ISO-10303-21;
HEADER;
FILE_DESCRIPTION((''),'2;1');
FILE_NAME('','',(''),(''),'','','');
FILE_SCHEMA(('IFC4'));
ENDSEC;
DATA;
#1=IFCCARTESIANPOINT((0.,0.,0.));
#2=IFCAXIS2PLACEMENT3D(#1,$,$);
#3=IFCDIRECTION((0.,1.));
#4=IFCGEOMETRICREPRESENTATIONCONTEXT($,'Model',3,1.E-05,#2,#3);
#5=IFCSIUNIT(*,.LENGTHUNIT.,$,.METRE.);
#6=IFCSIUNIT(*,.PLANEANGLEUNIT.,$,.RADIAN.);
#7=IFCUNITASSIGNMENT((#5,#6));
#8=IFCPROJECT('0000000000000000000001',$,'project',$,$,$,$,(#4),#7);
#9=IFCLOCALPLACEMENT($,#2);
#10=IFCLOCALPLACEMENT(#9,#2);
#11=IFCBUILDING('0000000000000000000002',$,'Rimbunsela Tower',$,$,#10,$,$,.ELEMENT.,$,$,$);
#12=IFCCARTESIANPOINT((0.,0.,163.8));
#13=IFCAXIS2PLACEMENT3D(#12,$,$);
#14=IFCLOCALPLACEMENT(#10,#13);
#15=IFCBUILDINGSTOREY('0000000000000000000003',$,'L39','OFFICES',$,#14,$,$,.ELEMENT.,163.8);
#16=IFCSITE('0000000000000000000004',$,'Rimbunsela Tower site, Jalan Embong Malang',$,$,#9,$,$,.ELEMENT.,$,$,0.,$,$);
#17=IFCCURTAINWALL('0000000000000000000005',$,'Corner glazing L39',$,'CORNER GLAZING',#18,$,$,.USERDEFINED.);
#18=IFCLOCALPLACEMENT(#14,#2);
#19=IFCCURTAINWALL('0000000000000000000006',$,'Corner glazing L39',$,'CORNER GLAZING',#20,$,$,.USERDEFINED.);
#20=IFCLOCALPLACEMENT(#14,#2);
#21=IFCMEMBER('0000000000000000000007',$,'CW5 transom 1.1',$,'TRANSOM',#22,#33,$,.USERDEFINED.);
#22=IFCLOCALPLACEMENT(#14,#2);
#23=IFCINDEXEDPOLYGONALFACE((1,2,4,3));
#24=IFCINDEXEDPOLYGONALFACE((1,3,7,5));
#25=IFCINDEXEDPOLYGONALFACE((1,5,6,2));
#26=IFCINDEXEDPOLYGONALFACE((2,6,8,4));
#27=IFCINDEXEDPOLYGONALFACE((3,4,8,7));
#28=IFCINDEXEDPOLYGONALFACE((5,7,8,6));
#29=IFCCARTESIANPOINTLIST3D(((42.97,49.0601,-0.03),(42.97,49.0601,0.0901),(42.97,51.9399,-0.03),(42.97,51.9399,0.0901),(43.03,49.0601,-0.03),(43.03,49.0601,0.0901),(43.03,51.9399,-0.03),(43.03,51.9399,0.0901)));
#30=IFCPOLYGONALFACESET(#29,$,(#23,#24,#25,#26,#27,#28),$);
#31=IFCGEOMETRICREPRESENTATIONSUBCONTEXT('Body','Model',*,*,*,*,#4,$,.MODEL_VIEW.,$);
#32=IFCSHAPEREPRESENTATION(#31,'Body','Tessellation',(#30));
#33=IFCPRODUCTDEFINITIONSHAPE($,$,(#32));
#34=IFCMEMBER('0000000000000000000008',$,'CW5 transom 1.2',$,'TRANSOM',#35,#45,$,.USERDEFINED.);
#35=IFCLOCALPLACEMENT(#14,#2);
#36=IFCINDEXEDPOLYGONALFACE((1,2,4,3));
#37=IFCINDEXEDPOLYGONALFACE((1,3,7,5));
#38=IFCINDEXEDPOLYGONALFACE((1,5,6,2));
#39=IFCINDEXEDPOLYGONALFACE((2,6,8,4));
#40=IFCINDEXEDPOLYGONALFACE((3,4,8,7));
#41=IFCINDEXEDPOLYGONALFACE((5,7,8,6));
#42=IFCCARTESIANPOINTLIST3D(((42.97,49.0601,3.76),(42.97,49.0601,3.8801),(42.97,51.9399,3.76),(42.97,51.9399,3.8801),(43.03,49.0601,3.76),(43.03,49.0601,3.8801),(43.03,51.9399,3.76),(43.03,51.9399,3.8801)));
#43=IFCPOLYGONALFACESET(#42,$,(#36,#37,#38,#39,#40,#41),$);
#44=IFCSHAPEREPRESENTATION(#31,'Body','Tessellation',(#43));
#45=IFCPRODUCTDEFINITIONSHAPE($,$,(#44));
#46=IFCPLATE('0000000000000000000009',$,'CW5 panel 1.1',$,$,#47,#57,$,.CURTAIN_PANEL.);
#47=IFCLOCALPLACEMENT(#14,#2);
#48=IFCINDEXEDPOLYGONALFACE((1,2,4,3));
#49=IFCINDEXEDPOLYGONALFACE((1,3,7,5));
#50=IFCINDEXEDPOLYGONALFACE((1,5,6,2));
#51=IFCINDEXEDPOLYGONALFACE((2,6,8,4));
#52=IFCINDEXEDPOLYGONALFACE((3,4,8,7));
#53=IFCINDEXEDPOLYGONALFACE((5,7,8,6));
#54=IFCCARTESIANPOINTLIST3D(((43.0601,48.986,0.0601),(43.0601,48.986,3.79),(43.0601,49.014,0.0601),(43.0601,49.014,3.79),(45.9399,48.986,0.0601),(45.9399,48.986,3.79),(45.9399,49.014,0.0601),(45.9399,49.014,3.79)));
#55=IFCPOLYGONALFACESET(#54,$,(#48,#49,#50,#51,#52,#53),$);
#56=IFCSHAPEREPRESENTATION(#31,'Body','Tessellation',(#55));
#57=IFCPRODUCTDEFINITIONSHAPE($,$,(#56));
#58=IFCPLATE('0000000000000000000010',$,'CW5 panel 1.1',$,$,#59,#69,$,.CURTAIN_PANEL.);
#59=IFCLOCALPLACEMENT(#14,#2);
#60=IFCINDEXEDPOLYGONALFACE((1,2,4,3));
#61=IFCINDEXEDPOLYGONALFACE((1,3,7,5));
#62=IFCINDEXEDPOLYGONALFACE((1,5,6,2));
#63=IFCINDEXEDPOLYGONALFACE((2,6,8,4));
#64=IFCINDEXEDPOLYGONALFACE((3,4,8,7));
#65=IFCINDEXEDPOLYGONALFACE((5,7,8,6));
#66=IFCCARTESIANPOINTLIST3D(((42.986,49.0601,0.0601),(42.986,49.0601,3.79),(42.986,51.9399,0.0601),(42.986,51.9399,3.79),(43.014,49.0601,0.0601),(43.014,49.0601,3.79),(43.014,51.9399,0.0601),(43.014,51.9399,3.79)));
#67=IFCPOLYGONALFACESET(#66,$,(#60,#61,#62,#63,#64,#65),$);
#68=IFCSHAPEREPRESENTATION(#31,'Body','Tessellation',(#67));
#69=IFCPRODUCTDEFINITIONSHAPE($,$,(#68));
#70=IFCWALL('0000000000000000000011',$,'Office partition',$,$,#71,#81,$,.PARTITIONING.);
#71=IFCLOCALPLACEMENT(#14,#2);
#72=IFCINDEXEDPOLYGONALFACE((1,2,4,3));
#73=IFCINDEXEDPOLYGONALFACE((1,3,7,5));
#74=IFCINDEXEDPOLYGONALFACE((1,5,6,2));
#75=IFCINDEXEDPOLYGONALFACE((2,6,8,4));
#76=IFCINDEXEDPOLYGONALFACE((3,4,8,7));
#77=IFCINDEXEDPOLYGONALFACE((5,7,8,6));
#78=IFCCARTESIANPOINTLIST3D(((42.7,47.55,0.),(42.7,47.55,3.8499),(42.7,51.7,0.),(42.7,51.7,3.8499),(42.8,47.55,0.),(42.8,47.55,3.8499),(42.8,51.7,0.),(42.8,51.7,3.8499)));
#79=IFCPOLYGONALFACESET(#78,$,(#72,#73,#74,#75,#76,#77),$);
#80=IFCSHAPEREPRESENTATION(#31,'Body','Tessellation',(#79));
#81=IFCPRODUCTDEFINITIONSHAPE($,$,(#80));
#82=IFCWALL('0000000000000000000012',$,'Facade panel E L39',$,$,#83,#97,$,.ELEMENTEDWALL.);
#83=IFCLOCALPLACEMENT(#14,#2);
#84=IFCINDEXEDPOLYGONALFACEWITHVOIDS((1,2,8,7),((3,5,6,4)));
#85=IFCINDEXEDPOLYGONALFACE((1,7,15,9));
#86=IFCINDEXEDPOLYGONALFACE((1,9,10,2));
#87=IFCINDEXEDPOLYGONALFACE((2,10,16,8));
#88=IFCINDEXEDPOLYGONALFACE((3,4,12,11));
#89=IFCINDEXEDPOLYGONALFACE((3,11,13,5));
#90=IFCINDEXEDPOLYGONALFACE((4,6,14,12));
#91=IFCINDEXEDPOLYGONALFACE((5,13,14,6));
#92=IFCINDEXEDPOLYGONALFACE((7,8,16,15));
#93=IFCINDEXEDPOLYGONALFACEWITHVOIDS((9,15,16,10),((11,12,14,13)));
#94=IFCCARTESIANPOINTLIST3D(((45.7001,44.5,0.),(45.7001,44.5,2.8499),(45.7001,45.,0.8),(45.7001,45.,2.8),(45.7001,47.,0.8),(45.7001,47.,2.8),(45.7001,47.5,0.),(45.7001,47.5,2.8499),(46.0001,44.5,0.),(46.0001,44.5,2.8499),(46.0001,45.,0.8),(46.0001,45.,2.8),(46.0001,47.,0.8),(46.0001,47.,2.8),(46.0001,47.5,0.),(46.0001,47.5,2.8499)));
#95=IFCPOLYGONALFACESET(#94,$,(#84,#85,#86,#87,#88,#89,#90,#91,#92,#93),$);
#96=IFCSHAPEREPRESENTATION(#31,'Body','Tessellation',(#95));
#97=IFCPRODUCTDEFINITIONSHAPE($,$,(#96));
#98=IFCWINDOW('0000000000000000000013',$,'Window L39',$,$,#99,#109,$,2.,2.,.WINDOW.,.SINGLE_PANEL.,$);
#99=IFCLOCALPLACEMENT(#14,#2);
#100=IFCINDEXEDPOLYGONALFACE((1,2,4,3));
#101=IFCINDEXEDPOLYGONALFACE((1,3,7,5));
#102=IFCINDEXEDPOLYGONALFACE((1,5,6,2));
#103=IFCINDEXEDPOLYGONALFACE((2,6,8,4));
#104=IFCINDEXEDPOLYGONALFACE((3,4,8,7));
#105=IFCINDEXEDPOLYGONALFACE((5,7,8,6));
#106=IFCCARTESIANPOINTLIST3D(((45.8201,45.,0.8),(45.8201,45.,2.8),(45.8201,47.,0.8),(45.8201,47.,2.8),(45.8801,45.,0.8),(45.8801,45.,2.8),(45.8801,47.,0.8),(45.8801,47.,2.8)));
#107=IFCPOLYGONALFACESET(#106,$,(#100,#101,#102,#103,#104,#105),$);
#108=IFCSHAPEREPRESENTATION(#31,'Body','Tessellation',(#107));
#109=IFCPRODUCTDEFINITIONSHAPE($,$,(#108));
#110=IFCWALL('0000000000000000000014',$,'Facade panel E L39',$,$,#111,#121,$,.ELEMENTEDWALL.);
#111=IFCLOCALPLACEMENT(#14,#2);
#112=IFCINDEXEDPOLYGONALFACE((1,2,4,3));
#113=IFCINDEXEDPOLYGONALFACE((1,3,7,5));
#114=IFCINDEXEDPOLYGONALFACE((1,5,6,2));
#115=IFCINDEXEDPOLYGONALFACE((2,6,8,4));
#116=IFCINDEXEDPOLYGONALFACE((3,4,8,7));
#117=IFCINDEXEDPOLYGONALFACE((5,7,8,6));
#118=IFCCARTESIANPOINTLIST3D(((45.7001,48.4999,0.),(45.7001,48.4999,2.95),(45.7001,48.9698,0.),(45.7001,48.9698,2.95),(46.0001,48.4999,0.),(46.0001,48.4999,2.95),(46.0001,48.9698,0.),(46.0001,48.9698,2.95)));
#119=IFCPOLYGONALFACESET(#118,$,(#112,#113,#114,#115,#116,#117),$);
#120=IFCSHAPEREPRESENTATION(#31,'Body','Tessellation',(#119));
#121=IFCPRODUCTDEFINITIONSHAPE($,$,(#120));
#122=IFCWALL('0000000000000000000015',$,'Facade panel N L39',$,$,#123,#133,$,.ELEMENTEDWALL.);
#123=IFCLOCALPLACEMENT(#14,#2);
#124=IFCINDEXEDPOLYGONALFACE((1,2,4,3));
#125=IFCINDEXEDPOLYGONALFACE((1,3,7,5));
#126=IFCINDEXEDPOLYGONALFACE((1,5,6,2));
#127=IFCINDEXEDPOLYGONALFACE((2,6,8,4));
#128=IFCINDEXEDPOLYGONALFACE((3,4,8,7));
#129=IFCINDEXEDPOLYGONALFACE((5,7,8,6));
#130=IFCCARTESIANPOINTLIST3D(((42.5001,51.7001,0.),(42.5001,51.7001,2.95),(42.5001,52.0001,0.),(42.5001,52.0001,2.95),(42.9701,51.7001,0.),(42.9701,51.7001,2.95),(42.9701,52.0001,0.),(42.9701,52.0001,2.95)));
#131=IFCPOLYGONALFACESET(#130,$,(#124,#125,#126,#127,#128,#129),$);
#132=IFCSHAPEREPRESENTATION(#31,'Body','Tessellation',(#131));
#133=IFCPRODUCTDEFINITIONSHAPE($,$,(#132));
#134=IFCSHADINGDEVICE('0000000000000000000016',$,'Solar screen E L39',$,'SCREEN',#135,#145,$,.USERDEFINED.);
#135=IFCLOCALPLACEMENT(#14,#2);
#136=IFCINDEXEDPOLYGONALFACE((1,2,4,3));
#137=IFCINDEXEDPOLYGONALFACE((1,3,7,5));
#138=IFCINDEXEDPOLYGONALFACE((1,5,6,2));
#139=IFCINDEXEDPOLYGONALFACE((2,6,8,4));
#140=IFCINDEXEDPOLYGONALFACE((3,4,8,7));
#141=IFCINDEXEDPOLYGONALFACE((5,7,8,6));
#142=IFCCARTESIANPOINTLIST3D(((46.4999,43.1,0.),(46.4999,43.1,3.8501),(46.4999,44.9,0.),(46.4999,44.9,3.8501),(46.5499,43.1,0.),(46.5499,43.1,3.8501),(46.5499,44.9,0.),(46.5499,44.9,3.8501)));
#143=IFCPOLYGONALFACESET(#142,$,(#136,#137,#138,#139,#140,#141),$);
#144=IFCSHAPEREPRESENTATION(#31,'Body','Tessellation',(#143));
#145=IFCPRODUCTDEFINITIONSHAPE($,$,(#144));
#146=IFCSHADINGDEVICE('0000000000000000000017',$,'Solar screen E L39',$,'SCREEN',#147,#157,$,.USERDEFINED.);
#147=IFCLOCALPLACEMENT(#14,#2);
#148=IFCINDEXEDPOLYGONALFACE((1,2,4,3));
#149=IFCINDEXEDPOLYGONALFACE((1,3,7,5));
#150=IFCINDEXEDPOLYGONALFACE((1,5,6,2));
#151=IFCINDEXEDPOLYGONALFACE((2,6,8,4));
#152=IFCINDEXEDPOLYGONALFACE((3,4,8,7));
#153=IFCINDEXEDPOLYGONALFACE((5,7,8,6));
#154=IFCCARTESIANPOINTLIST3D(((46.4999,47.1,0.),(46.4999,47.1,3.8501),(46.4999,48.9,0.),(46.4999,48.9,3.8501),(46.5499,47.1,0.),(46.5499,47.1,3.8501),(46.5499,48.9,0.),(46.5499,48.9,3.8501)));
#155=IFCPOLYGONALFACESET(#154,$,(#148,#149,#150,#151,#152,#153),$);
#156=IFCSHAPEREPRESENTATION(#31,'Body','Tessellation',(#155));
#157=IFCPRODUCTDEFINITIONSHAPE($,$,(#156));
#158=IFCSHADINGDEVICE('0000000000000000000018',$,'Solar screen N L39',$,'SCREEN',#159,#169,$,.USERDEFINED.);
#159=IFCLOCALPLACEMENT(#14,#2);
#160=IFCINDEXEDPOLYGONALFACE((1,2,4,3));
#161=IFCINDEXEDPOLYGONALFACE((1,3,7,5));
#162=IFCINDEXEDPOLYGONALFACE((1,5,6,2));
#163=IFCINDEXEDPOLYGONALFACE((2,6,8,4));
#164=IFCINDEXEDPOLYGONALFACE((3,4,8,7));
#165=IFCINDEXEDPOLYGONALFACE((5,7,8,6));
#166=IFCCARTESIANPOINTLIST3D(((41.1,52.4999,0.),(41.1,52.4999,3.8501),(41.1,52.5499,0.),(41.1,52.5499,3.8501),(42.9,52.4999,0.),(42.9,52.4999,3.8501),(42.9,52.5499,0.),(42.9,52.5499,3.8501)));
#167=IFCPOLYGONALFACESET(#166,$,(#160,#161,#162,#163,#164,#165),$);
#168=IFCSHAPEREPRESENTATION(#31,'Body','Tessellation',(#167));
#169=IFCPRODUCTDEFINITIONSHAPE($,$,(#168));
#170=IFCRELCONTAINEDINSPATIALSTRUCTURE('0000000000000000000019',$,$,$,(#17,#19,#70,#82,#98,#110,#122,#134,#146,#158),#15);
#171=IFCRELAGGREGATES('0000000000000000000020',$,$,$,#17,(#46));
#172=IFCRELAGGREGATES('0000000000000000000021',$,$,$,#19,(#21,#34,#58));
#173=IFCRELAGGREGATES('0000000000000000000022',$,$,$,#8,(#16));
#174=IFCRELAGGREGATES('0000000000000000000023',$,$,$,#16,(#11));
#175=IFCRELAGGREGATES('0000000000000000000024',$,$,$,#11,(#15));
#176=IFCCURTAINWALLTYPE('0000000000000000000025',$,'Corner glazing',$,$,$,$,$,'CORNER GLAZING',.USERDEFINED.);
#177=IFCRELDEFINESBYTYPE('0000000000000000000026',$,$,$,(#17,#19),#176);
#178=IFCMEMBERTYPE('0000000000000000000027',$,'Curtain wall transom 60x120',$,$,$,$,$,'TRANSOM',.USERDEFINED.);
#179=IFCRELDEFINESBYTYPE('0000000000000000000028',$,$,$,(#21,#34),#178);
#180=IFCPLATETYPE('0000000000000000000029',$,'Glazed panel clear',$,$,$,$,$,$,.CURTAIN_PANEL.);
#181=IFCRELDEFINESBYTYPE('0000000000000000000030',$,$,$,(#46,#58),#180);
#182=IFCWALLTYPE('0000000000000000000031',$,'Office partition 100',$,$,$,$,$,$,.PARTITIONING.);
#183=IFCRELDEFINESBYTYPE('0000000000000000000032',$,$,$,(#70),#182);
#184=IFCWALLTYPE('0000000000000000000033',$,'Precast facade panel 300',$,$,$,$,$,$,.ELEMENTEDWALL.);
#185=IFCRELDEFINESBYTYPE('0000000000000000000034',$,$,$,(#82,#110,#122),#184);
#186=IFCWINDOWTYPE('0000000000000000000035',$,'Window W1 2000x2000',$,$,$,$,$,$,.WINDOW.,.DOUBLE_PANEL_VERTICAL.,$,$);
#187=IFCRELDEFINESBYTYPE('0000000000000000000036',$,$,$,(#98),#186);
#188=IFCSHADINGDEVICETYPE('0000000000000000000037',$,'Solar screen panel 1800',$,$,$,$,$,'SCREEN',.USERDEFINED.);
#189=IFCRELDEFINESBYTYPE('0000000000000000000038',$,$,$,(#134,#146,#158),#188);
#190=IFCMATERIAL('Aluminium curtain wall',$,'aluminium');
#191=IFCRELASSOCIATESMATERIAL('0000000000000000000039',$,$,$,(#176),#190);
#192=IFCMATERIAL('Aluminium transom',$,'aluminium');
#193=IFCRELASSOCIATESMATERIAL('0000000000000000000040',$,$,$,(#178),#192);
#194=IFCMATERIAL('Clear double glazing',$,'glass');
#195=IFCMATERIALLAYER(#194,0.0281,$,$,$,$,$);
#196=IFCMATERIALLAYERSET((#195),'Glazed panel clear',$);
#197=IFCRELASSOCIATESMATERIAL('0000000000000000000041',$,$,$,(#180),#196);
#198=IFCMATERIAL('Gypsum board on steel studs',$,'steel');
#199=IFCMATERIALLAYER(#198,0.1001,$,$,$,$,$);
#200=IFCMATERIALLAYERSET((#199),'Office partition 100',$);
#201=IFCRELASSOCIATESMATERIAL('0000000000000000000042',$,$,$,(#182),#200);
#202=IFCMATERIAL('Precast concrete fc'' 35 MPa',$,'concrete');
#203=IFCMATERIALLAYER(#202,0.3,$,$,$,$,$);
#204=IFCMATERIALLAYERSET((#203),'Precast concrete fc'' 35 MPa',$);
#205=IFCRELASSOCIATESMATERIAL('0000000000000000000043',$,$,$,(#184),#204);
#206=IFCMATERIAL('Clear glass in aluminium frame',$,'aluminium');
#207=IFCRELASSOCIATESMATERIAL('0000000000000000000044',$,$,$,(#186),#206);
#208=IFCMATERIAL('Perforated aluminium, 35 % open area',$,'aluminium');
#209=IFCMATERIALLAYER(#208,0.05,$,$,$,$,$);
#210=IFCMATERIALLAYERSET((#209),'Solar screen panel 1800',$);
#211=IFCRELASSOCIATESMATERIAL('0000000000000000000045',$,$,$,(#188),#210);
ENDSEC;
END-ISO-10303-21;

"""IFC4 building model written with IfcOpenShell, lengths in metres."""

from ifc_helpers import new_model, si_unit, direction, frame, frame_2d, origin, origin_2d, place, context, subcontext, project, spatial, rectangle, extrude, material, layer, layer_set, material_profile, profile_set, type_object, element, fill, aggregate, save


model = new_model("IFC4")

# Units and contexts
model_context = context("Model", 3, precision=1e-05, world=origin(), true_north=direction((0.0, 1.0)))
body_context = subcontext(model_context, "Body", "Model", "MODEL_VIEW")
ifc_project = project(units=[si_unit("LENGTHUNIT", "METRE"), si_unit("PLANEANGLEUNIT", "RADIAN")], contexts=[model_context])

# Site, building, storey
site_placement = place(None, origin())
site = spatial("IfcSite", under=ifc_project, at=site_placement, Name="Rimbunsela Tower site, Jalan Embong Malang", CompositionType="ELEMENT", RefElevation=0.0)
building_placement = place(site_placement, origin())
building = spatial("IfcBuilding", under=site, at=building_placement, Name="Rimbunsela Tower", CompositionType="ELEMENT")
storey_placement = place(building_placement, frame((0.0, 0.0, 163.8)))
storey = spatial("IfcBuildingStorey", under=building, at=storey_placement, Name="L39", Description="OFFICES", CompositionType="ELEMENT", Elevation=163.8)

# Curtain walls
ifc_material_1 = material(Name="Aluminium curtain wall", Category="aluminium")
curtain_wall_type = type_object("IfcCurtainWallType", Name="Corner glazing", ElementType="CORNER GLAZING", PredefinedType="USERDEFINED", material=ifc_material_1)
curtain_wall_1_placement = place(storey_placement, origin())
curtain_wall_1 = element("IfcCurtainWall", 1, at=curtain_wall_1_placement, inside=storey, type_object=curtain_wall_type, Name="Corner glazing L39", ObjectType="CORNER GLAZING", PredefinedType="USERDEFINED")
curtain_wall_2_placement = place(storey_placement, origin())
curtain_wall_2 = element("IfcCurtainWall", 2, at=curtain_wall_2_placement, inside=storey, type_object=curtain_wall_type, Name="Corner glazing L39", ObjectType="CORNER GLAZING", PredefinedType="USERDEFINED")

# Members
ifc_material_2 = material(Name="Aluminium transom", Category="aluminium")
ifc_material_profile_1 = material_profile(ifc_material_2, rectangle(XDim=0.0601, YDim=0.1201, at=origin_2d()), Name="Transom 60x120")
ifc_profile_set_1 = profile_set([ifc_material_profile_1], Name="Aluminium transom")
member_type_1 = type_object("IfcMemberType", Name="Curtain wall transom 60x120", ElementType="TRANSOM", PredefinedType="USERDEFINED", material=ifc_profile_set_1)
member_1_placement = place(storey_placement, frame((43.0, 49.0601, 0.03), z_axis=(0.0, 1.0, 0.0), x_axis=(-1.0, 0.0, 0.0)))
member_1 = element("IfcMember", 3, at=member_1_placement, type_object=member_type_1, Name="CW5 transom 1.1", ObjectType="TRANSOM", PredefinedType="USERDEFINED", context=body_context, shape_type="SweptSolid", body=[
    extrude(rectangle(XDim=0.0601, YDim=0.1201, at=origin_2d()), origin(), (0.0, 0.0, 1.0), 2.8799),
])
member_2_placement = place(storey_placement, frame((43.0, 49.0601, 3.8201), z_axis=(0.0, 1.0, 0.0), x_axis=(-1.0, 0.0, 0.0)))
member_2 = element("IfcMember", 4, at=member_2_placement, type_object=member_type_1, Name="CW5 transom 1.2", ObjectType="TRANSOM", PredefinedType="USERDEFINED", context=body_context, shape_type="SweptSolid", body=[
    extrude(rectangle(XDim=0.0601, YDim=0.1201, at=origin_2d()), origin(), (0.0, 0.0, 1.0), 2.8799),
])

# Plates
ifc_material_3 = material(Name="Clear double glazing", Category="glass")
ifc_layer_1 = layer(ifc_material_3, 0.0281)
ifc_layer_set_1 = layer_set([ifc_layer_1], Name="Glazed panel clear")
plate_type = type_object("IfcPlateType", Name="Glazed panel clear", PredefinedType="CURTAIN_PANEL", material=ifc_layer_set_1)
plate_1_placement = place(storey_placement, frame((44.5, 49.0, 0.0601), z_axis=(0.0, 0.0, 1.0), x_axis=(-1.0, 0.0, 0.0)))
plate_1 = element("IfcPlate", 5, at=plate_1_placement, type_object=plate_type, Name="CW5 panel 1.1", PredefinedType="CURTAIN_PANEL", context=body_context, shape_type="SweptSolid", body=[
    extrude(rectangle(XDim=2.8799, YDim=0.0281, at=origin_2d()), origin(), (0.0, 0.0, 1.0), 3.73),
])
aggregate(curtain_wall_1, [plate_1])
plate_2_placement = place(storey_placement, frame((43.0, 50.5, 0.0601), z_axis=(0.0, 0.0, 1.0), x_axis=(0.0, 1.0, 0.0)))
plate_2 = element("IfcPlate", 6, at=plate_2_placement, type_object=plate_type, Name="CW5 panel 1.1", PredefinedType="CURTAIN_PANEL", context=body_context, shape_type="SweptSolid", body=[
    extrude(rectangle(XDim=2.8799, YDim=0.0281, at=origin_2d()), origin(), (0.0, 0.0, 1.0), 3.73),
])
aggregate(curtain_wall_2, [member_1, member_2, plate_2])

# Wall
ifc_material_4 = material(Name="Gypsum board on steel studs", Category="steel")
ifc_layer_2 = layer(ifc_material_4, 0.1001)
ifc_layer_set_2 = layer_set([ifc_layer_2], Name="Office partition 100")
wall_type_1 = type_object("IfcWallType", Name="Office partition 100", PredefinedType="PARTITIONING", material=ifc_layer_set_2)
wall_1_placement = place(storey_placement, frame((42.75, 47.55, 0.0), z_axis=(0.0, 0.0, 1.0), x_axis=(0.0, 1.0, 0.0)))
element("IfcWall", 7, at=wall_1_placement, inside=storey, type_object=wall_type_1, Name="Office partition", PredefinedType="PARTITIONING", context=body_context, shape_type="SweptSolid", body=[
    extrude(rectangle(XDim=4.1499, YDim=0.1001, at=frame_2d((2.075, 0.0))), origin(), (0.0, 0.0, 1.0), 3.8499),
])

# Wall, opening, window
ifc_material_5 = material(Name="Precast concrete fc' 35 MPa", Category="concrete")
ifc_layer_3 = layer(ifc_material_5, 0.3)
ifc_layer_set_3 = layer_set([ifc_layer_3], Name="Precast concrete fc' 35 MPa")
wall_type_2 = type_object("IfcWallType", Name="Precast facade panel 300", PredefinedType="ELEMENTEDWALL", material=ifc_layer_set_3)
wall_2_placement = place(storey_placement, frame((45.8501, 44.5, 0.0), z_axis=(0.0, 0.0, 1.0), x_axis=(0.0, 1.0, 0.0)))
wall_2 = element("IfcWall", 8, at=wall_2_placement, inside=storey, type_object=wall_type_2, Name="Facade panel E L39", PredefinedType="ELEMENTEDWALL", context=body_context, shape_type="SweptSolid", body=[
    extrude(rectangle(XDim=3.0, YDim=0.3, at=frame_2d((1.5, 0.0))), origin(), (0.0, 0.0, 1.0), 2.8499),
])
opening_placement = place(wall_2_placement, frame((0.5, 0.0, 0.8)))
opening = element("IfcOpeningElement", 9, at=opening_placement, cuts=wall_2, PredefinedType="OPENING", context=body_context, shape_type="SweptSolid", body=[
    extrude(rectangle(XDim=2.0, YDim=2.0, at=frame_2d((1.0, 1.0))), frame((0.0, 0.1599, 0.0), z_axis=(0.0, -1.0, 0.0), x_axis=(1.0, 0.0, 0.0)), (0.0, 0.0, 1.0), 0.3201),
])
ifc_material_6 = material(Name="Clear glass in aluminium frame", Category="aluminium")
window_type = type_object("IfcWindowType", Name="Window W1 2000x2000", PartitioningType="DOUBLE_PANEL_VERTICAL", PredefinedType="WINDOW", material=ifc_material_6)
window_placement = place(opening_placement, origin())
window = element("IfcWindow", 10, at=window_placement, inside=storey, type_object=window_type, Name="Window L39", OverallHeight=2.0, OverallWidth=2.0, PartitioningType="SINGLE_PANEL", PredefinedType="WINDOW", context=body_context, shape_type="SweptSolid", body=[
    extrude(rectangle(XDim=2.0, YDim=2.0, at=frame_2d((1.0, 1.0))), frame((0.0, 0.03, 0.0), z_axis=(0.0, -1.0, 0.0), x_axis=(1.0, 0.0, 0.0)), (0.0, 0.0, 1.0), 0.0601),
])
fill(opening, window)

# Walls
for number, where, z_axis, x_axis, name in (
    (11, (45.8501, 48.5, 0.0), (0.0, 0.0, 1.0), (0.0, 1.0, 0.0), "Facade panel E L39"),
    (12, (42.97, 51.8501, 0.0), (0.0, 0.0, 1.0), (-1.0, 0.0, 0.0), "Facade panel N L39"),
):
    element("IfcWall", number, at=place(storey_placement, frame(where, z_axis=z_axis, x_axis=x_axis)), inside=storey, type_object=wall_type_2, Name=name, PredefinedType="ELEMENTEDWALL", context=body_context, shape_type="SweptSolid", body=[
        extrude(rectangle(XDim=0.47, YDim=0.3, at=frame_2d((0.2349, 0.0))), origin(), (0.0, 0.0, 1.0), 2.95),
    ])

# Shading devices
ifc_material_7 = material(Name="Perforated aluminium, 35 % open area", Category="aluminium")
ifc_layer_4 = layer(ifc_material_7, 0.05)
ifc_layer_set_4 = layer_set([ifc_layer_4], Name="Solar screen panel 1800")
shading_device_type = type_object("IfcShadingDeviceType", Name="Solar screen panel 1800", ElementType="SCREEN", PredefinedType="USERDEFINED", material=ifc_layer_set_4)
for number, where, z_axis, x_axis, name in (
    (13, (46.5249, 44.0, 0.0), (0.0, 0.0, 1.0), (0.0, 1.0, 0.0), "Solar screen E L39"),
    (14, (46.5249, 48.0, 0.0), (0.0, 0.0, 1.0), (0.0, 1.0, 0.0), "Solar screen E L39"),
    (15, (42.0, 52.5249, 0.0), (0.0, 0.0, 1.0), (1.0, 0.0, 0.0), "Solar screen N L39"),
):
    element("IfcShadingDevice", number, at=place(storey_placement, frame(where, z_axis=z_axis, x_axis=x_axis)), inside=storey, type_object=shading_device_type, Name=name, ObjectType="SCREEN", PredefinedType="USERDEFINED", context=body_context, shape_type="SweptSolid", body=[
        extrude(rectangle(XDim=1.8, YDim=0.05, at=origin_2d()), origin(), (0.0, 0.0, 1.0), 3.8501),
    ])

save(model, "model.ifc")
